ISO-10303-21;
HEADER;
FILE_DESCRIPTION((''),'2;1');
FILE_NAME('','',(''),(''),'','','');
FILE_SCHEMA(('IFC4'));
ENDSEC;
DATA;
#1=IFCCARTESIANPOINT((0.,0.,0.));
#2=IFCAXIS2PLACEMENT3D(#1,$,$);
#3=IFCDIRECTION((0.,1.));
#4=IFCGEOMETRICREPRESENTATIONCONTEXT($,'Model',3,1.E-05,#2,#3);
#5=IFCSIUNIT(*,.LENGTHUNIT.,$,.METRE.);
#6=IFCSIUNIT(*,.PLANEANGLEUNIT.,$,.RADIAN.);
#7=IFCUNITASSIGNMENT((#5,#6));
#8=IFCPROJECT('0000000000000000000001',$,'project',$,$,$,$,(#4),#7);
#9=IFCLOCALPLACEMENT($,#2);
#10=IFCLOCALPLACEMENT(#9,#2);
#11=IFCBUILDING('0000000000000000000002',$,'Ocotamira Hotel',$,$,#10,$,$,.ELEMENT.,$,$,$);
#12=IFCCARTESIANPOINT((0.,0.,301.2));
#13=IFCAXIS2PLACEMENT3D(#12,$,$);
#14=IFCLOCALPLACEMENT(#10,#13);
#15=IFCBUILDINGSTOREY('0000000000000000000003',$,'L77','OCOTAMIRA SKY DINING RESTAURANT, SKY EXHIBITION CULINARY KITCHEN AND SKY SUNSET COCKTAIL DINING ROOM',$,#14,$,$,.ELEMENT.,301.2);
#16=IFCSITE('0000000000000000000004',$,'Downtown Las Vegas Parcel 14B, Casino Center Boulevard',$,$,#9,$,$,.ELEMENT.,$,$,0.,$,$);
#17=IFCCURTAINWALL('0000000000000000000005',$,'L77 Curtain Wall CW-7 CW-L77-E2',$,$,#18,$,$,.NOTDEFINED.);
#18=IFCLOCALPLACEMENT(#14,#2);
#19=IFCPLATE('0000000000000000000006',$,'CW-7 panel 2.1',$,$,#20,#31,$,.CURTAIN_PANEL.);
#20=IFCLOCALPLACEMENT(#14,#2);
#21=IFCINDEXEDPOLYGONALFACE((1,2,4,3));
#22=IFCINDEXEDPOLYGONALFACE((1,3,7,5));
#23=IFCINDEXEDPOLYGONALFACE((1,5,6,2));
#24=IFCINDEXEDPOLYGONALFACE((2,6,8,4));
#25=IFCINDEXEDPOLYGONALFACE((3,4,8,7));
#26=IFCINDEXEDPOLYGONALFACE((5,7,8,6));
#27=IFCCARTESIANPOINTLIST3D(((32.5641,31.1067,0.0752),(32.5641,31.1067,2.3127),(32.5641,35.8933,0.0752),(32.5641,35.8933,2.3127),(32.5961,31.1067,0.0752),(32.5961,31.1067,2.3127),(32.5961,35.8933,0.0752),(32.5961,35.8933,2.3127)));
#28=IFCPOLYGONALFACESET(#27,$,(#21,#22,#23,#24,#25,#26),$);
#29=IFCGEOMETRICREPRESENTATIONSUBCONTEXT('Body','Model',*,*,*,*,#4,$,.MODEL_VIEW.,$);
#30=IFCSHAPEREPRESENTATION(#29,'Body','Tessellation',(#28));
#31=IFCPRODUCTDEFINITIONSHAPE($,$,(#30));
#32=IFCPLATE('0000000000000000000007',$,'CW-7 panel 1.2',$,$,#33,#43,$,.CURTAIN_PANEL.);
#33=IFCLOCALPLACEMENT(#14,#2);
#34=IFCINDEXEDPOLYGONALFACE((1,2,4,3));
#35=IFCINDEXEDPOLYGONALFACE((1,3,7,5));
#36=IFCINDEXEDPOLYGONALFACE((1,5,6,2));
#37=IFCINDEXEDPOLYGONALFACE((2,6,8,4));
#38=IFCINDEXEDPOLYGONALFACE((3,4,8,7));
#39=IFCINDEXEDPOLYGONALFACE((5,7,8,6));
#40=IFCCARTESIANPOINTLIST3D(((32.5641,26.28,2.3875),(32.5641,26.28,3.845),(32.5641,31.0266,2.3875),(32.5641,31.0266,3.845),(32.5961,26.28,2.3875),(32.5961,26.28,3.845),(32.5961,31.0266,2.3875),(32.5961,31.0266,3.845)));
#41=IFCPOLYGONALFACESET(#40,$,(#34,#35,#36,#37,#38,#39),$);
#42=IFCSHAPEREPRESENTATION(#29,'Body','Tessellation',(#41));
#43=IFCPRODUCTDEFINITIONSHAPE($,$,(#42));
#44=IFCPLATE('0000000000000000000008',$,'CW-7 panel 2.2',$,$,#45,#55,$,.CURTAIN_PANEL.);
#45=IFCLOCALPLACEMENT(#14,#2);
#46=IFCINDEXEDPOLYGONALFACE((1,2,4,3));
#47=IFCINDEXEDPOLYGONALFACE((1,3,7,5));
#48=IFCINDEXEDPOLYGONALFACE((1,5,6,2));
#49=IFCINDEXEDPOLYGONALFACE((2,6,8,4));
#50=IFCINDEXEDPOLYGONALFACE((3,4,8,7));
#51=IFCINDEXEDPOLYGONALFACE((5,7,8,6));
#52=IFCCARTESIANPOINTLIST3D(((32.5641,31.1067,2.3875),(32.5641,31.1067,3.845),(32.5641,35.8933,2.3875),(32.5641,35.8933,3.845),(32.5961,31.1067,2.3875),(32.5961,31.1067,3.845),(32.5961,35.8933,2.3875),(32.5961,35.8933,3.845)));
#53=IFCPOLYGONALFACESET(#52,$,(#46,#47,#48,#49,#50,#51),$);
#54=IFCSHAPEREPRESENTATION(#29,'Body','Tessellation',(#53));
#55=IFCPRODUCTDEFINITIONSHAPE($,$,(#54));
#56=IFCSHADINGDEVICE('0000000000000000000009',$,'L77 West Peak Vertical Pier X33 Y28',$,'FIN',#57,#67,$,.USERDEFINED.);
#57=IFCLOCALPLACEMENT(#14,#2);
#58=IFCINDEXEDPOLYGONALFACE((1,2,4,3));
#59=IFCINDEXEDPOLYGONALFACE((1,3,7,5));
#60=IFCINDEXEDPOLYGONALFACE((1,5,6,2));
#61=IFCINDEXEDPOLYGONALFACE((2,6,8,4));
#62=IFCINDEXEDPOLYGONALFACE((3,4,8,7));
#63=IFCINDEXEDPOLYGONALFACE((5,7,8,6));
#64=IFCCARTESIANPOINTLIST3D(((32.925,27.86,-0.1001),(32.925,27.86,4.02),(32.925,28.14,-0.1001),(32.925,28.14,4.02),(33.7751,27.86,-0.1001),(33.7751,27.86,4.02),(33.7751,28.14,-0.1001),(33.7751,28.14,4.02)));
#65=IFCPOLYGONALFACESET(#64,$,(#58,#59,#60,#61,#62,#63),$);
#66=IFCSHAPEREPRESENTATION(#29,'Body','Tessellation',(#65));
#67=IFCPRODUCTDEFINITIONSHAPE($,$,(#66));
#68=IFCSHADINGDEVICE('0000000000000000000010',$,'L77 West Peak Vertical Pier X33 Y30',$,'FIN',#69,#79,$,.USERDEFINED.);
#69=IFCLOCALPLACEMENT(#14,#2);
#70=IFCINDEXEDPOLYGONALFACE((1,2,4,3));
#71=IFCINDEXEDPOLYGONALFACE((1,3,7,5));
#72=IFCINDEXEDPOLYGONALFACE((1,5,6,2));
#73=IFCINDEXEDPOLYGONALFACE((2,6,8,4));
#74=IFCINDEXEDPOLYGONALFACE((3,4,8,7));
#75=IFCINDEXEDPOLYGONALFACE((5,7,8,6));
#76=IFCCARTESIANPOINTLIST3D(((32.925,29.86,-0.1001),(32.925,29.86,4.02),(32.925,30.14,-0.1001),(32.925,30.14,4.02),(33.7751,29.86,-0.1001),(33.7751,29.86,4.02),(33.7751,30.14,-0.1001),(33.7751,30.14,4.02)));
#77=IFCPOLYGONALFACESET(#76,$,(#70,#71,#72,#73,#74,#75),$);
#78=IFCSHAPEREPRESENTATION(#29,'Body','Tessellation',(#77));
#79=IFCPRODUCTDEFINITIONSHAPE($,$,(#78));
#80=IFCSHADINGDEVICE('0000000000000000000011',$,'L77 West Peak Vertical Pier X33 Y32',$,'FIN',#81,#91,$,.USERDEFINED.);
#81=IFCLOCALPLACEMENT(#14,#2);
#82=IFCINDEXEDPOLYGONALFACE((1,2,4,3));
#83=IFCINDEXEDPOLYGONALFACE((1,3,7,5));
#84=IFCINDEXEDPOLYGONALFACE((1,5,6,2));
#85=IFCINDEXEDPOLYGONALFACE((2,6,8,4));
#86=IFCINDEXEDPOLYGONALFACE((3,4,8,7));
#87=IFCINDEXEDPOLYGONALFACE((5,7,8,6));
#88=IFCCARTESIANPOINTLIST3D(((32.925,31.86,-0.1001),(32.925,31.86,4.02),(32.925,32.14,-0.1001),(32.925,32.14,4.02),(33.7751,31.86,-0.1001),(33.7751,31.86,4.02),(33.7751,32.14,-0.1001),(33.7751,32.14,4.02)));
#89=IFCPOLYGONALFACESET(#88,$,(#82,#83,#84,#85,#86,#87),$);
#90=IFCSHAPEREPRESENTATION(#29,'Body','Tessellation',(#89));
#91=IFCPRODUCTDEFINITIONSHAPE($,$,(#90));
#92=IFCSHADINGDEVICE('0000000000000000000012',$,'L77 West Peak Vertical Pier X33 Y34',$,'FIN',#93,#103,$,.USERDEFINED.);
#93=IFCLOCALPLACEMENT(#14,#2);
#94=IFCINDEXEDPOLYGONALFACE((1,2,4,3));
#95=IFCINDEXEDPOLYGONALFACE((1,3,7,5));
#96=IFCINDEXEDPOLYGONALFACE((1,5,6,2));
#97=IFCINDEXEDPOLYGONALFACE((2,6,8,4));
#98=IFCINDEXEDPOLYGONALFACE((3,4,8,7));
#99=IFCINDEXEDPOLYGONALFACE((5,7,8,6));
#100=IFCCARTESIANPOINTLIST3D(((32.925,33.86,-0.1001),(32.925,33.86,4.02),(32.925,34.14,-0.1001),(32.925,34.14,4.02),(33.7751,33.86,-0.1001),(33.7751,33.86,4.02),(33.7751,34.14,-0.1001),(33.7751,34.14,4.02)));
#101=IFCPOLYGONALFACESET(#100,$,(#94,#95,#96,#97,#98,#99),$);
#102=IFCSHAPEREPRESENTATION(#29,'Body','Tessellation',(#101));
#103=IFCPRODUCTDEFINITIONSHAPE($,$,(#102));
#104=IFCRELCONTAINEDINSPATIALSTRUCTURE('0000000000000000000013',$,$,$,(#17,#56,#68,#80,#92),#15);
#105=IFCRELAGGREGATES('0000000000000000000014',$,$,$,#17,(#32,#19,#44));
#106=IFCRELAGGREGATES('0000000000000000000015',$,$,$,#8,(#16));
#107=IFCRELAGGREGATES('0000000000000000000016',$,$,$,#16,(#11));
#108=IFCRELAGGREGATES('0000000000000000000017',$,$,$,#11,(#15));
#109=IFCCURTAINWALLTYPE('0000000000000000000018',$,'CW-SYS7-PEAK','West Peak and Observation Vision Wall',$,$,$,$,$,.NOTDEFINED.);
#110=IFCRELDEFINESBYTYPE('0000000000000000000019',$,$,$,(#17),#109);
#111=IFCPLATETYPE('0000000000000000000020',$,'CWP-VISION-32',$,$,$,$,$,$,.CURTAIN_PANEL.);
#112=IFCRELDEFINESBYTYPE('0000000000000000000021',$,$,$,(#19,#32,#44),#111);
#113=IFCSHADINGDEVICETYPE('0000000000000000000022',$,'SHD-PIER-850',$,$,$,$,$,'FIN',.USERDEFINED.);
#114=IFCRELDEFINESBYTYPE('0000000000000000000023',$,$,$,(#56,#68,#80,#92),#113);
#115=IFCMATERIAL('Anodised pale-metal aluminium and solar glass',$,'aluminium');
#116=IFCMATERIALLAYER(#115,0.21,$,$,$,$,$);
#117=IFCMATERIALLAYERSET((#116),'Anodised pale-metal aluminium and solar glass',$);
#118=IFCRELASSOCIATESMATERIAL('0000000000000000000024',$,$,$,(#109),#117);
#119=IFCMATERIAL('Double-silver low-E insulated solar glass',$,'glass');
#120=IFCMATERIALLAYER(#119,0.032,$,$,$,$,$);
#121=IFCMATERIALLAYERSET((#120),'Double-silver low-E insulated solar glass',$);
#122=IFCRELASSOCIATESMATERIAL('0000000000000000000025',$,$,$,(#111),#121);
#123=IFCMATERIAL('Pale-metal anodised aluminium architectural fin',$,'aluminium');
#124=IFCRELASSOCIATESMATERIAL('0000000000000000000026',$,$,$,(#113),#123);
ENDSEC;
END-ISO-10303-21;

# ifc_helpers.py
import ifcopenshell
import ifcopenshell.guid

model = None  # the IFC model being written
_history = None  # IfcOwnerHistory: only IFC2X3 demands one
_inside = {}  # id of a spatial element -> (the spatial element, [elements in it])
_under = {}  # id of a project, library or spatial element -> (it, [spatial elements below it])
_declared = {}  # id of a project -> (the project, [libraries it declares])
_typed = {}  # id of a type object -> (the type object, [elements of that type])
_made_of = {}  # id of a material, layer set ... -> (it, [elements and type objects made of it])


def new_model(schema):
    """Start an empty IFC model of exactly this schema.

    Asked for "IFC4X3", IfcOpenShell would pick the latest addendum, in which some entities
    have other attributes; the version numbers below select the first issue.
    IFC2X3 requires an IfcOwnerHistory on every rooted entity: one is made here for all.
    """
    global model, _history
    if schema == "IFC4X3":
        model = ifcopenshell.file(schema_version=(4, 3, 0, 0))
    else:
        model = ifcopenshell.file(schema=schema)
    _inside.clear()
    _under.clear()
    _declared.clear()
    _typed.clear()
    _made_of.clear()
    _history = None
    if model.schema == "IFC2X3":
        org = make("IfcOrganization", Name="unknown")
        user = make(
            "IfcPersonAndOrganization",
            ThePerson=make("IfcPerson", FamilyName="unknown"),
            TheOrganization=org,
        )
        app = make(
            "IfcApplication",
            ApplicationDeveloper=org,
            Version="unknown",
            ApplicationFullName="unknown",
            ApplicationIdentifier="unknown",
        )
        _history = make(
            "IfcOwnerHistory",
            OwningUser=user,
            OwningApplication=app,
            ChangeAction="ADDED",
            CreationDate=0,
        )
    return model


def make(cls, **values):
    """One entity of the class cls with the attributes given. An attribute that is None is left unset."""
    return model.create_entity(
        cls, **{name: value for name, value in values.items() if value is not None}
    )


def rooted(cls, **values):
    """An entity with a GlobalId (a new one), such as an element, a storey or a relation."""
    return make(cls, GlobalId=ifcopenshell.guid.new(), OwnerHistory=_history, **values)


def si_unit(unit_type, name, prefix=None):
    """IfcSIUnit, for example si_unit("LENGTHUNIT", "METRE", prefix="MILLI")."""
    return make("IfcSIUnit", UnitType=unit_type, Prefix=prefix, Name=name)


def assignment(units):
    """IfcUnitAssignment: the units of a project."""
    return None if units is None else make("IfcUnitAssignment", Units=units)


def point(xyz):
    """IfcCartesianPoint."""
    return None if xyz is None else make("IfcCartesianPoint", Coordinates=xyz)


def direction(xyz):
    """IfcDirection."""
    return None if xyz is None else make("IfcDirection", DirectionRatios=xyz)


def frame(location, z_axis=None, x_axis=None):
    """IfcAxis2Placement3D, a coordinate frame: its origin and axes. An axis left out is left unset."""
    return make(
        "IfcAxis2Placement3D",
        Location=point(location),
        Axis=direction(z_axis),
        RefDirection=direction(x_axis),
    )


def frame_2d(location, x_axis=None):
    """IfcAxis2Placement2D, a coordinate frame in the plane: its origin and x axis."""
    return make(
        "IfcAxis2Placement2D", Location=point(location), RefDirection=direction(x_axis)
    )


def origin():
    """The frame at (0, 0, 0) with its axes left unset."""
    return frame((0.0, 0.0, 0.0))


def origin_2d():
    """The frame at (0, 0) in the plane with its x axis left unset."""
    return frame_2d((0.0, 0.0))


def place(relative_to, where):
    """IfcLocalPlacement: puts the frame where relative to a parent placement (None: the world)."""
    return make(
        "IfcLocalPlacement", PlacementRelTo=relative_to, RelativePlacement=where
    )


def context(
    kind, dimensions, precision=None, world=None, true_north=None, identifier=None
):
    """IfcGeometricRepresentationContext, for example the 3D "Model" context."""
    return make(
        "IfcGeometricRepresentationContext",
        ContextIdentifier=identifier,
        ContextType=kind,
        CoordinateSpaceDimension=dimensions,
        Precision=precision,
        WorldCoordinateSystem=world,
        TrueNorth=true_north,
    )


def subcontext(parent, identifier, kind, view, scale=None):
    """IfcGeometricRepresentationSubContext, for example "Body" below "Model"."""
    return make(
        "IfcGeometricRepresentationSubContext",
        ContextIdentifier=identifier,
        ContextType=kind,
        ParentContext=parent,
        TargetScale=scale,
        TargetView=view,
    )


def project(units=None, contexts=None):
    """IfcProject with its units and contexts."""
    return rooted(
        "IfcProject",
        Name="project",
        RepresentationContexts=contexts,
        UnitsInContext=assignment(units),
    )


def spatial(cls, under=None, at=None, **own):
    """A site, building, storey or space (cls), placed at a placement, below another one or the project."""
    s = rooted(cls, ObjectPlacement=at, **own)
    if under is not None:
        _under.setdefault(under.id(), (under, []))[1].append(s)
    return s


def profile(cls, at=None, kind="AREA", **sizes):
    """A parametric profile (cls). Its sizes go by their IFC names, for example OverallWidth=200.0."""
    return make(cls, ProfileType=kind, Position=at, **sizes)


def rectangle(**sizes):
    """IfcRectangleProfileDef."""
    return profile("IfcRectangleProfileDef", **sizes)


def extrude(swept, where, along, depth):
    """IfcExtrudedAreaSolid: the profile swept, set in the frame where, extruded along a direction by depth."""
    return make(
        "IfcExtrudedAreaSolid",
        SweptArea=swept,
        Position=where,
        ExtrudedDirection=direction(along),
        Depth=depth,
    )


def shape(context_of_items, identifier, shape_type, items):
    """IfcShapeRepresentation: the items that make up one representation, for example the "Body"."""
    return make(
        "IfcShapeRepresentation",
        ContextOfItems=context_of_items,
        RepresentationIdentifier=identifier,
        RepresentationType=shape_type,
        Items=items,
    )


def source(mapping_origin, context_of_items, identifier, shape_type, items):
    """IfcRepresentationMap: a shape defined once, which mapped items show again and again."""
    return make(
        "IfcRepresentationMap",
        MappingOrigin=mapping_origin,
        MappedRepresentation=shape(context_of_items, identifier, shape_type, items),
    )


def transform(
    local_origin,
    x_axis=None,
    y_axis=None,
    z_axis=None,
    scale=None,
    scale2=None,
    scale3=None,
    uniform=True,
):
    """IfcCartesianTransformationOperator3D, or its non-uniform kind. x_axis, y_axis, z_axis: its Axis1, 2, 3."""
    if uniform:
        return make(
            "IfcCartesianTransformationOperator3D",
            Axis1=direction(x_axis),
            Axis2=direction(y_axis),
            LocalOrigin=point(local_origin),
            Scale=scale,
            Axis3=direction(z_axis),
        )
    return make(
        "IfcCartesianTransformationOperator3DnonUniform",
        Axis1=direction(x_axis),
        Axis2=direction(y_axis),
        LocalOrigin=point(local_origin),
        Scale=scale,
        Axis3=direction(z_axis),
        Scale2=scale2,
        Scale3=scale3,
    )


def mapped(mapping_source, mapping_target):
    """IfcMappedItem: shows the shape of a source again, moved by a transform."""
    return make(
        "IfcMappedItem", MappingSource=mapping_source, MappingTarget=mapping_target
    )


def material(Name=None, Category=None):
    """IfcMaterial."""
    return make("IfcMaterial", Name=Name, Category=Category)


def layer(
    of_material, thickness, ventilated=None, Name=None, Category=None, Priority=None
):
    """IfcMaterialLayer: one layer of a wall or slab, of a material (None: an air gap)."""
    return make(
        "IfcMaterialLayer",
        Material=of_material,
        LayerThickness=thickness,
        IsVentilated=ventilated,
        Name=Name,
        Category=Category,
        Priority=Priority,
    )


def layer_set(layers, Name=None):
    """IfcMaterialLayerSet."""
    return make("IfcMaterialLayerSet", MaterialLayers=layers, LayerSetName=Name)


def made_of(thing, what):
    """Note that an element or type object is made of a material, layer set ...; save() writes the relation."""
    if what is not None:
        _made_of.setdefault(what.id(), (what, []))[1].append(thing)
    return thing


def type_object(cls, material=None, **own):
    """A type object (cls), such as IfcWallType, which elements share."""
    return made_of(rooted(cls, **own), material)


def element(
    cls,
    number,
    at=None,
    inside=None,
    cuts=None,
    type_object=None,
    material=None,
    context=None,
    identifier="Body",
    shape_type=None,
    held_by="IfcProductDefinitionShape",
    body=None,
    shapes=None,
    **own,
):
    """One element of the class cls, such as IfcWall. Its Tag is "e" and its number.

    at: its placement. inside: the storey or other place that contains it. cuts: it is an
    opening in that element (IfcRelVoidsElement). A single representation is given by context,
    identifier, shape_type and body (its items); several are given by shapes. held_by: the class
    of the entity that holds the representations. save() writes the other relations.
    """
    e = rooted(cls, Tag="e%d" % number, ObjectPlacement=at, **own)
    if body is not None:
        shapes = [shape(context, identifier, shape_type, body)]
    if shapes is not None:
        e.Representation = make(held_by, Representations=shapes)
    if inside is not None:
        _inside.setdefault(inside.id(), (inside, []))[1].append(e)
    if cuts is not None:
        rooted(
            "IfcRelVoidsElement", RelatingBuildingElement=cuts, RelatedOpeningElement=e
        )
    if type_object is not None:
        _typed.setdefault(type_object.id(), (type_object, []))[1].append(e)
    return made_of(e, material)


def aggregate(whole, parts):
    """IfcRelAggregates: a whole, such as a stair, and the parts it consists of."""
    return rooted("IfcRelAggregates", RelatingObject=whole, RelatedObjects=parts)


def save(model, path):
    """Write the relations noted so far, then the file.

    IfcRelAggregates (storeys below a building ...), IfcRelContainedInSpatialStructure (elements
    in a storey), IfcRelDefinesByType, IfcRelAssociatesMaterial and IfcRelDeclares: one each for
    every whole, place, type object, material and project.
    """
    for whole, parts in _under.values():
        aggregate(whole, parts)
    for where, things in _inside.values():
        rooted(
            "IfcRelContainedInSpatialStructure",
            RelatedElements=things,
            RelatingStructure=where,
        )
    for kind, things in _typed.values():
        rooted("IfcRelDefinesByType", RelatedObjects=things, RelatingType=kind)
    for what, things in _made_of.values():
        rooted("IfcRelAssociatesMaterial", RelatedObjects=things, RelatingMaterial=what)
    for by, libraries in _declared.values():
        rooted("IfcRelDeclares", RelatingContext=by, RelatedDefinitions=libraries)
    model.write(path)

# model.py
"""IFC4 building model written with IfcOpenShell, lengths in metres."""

from ifc_helpers import new_model, si_unit, direction, frame, origin, origin_2d, place, context, subcontext, project, spatial, rectangle, extrude, source, transform, mapped, material, layer, layer_set, type_object, element, aggregate, save


model = new_model("IFC4")

# Units and contexts
model_context = context("Model", 3, precision=1e-05, world=origin(), true_north=direction((0.0, 1.0)))
body_context = subcontext(model_context, "Body", "Model", "MODEL_VIEW")
ifc_project = project(units=[si_unit("LENGTHUNIT", "METRE"), si_unit("PLANEANGLEUNIT", "RADIAN")], contexts=[model_context])

# Site, building, storey
site_placement = place(None, origin())
site = spatial("IfcSite", under=ifc_project, at=site_placement, Name="Downtown Las Vegas Parcel 14B, Casino Center Boulevard", CompositionType="ELEMENT", RefElevation=0.0)
building_placement = place(site_placement, origin())
building = spatial("IfcBuilding", under=site, at=building_placement, Name="Ocotamira Hotel", CompositionType="ELEMENT")
storey_placement = place(building_placement, frame((0.0, 0.0, 301.2)))
storey = spatial("IfcBuildingStorey", under=building, at=storey_placement, Name="L77", Description="OCOTAMIRA SKY DINING RESTAURANT, SKY EXHIBITION CULINARY KITCHEN AND SKY SUNSET COCKTAIL DINING ROOM", CompositionType="ELEMENT", Elevation=301.2)

# Curtain wall, plates
ifc_material_1 = material(Name="Anodised pale-metal aluminium and solar glass", Category="aluminium")
ifc_layer_1 = layer(ifc_material_1, 0.21)
ifc_layer_set_1 = layer_set([ifc_layer_1], Name="Anodised pale-metal aluminium and solar glass")
curtain_wall_type = type_object("IfcCurtainWallType", Name="CW-SYS7-PEAK", Description="West Peak and Observation Vision Wall", PredefinedType="NOTDEFINED", material=ifc_layer_set_1)
curtain_wall_placement = place(storey_placement, origin())
curtain_wall = element("IfcCurtainWall", 1, at=curtain_wall_placement, inside=storey, type_object=curtain_wall_type, Name="L77 Curtain Wall CW-7 CW-L77-E2", PredefinedType="NOTDEFINED")
ifc_material_2 = material(Name="Double-silver low-E insulated solar glass", Category="glass")
ifc_layer_2 = layer(ifc_material_2, 0.032)
ifc_layer_set_2 = layer_set([ifc_layer_2], Name="Double-silver low-E insulated solar glass")
plate_type = type_object("IfcPlateType", Name="CWP-VISION-32", PredefinedType="CURTAIN_PANEL", material=ifc_layer_set_2)
shared_shape_1 = source(origin(), body_context, "Body", "SweptSolid", [
    extrude(rectangle(XDim=4.7866, YDim=0.032, at=origin_2d()), origin(), (0.0, 0.0, 1.0), 2.2375),
])
plate_1_placement = place(storey_placement, frame((32.5801, 33.5, 0.0752), z_axis=(0.0, 0.0, 1.0), x_axis=(0.0, 1.0, 0.0)))
plate_1 = element("IfcPlate", 2, at=plate_1_placement, type_object=plate_type, Name="CW-7 panel 2.1", PredefinedType="CURTAIN_PANEL", context=body_context, shape_type="MappedRepresentation", body=[
    mapped(shared_shape_1, transform((0.0, 0.0, 0.0), scale=1.0)),
])
shared_shape_2 = source(origin(), body_context, "Body", "SweptSolid", [
    extrude(rectangle(XDim=4.7466, YDim=0.032, at=origin_2d()), origin(), (0.0, 0.0, 1.0), 1.4575),
])
plate_2_placement = place(storey_placement, frame((32.5801, 28.6533, 2.3875), z_axis=(0.0, 0.0, 1.0), x_axis=(0.0, 1.0, 0.0)))
plate_2 = element("IfcPlate", 3, at=plate_2_placement, type_object=plate_type, Name="CW-7 panel 1.2", PredefinedType="CURTAIN_PANEL", context=body_context, shape_type="MappedRepresentation", body=[
    mapped(shared_shape_2, transform((0.0, 0.0, 0.0), scale=1.0)),
])
shared_shape_3 = source(origin(), body_context, "Body", "SweptSolid", [
    extrude(rectangle(XDim=4.7866, YDim=0.032, at=origin_2d()), origin(), (0.0, 0.0, 1.0), 1.4575),
])
plate_3_placement = place(storey_placement, frame((32.5801, 33.5, 2.3875), z_axis=(0.0, 0.0, 1.0), x_axis=(0.0, 1.0, 0.0)))
plate_3 = element("IfcPlate", 4, at=plate_3_placement, type_object=plate_type, Name="CW-7 panel 2.2", PredefinedType="CURTAIN_PANEL", context=body_context, shape_type="MappedRepresentation", body=[
    mapped(shared_shape_3, transform((0.0, 0.0, 0.0), scale=1.0)),
])
aggregate(curtain_wall, [plate_2, plate_1, plate_3])

# Shading devices
ifc_material_3 = material(Name="Pale-metal anodised aluminium architectural fin", Category="aluminium")
shading_device_type = type_object("IfcShadingDeviceType", Name="SHD-PIER-850", ElementType="FIN", PredefinedType="USERDEFINED", material=ifc_material_3)
shared_shape_4 = source(origin(), body_context, "Body", "SweptSolid", [
    extrude(rectangle(XDim=0.8501, YDim=0.28, at=origin_2d()), origin(), (0.0, 0.0, 1.0), 4.1201),
])
for number, where, z_axis, x_axis, name in (
    (5, (33.3501, 28.0, -0.1001), (0.0, 0.0, 1.0), (1.0, 0.0, 0.0), "L77 West Peak Vertical Pier X33 Y28"),
    (6, (33.3501, 30.0, -0.1001), (0.0, 0.0, 1.0), (1.0, 0.0, 0.0), "L77 West Peak Vertical Pier X33 Y30"),
    (7, (33.3501, 32.0, -0.1001), (0.0, 0.0, 1.0), (1.0, 0.0, 0.0), "L77 West Peak Vertical Pier X33 Y32"),
    (8, (33.3501, 34.0, -0.1001), (0.0, 0.0, 1.0), (1.0, 0.0, 0.0), "L77 West Peak Vertical Pier X33 Y34"),
):
    element("IfcShadingDevice", number, at=place(storey_placement, frame(where, z_axis=z_axis, x_axis=x_axis)), inside=storey, type_object=shading_device_type, Name=name, ObjectType="FIN", PredefinedType="USERDEFINED", context=body_context, shape_type="MappedRepresentation", body=[
        mapped(shared_shape_4, transform((0.0, 0.0, 0.0), scale=1.0)),
    ])

save(model, "model.ifc")
